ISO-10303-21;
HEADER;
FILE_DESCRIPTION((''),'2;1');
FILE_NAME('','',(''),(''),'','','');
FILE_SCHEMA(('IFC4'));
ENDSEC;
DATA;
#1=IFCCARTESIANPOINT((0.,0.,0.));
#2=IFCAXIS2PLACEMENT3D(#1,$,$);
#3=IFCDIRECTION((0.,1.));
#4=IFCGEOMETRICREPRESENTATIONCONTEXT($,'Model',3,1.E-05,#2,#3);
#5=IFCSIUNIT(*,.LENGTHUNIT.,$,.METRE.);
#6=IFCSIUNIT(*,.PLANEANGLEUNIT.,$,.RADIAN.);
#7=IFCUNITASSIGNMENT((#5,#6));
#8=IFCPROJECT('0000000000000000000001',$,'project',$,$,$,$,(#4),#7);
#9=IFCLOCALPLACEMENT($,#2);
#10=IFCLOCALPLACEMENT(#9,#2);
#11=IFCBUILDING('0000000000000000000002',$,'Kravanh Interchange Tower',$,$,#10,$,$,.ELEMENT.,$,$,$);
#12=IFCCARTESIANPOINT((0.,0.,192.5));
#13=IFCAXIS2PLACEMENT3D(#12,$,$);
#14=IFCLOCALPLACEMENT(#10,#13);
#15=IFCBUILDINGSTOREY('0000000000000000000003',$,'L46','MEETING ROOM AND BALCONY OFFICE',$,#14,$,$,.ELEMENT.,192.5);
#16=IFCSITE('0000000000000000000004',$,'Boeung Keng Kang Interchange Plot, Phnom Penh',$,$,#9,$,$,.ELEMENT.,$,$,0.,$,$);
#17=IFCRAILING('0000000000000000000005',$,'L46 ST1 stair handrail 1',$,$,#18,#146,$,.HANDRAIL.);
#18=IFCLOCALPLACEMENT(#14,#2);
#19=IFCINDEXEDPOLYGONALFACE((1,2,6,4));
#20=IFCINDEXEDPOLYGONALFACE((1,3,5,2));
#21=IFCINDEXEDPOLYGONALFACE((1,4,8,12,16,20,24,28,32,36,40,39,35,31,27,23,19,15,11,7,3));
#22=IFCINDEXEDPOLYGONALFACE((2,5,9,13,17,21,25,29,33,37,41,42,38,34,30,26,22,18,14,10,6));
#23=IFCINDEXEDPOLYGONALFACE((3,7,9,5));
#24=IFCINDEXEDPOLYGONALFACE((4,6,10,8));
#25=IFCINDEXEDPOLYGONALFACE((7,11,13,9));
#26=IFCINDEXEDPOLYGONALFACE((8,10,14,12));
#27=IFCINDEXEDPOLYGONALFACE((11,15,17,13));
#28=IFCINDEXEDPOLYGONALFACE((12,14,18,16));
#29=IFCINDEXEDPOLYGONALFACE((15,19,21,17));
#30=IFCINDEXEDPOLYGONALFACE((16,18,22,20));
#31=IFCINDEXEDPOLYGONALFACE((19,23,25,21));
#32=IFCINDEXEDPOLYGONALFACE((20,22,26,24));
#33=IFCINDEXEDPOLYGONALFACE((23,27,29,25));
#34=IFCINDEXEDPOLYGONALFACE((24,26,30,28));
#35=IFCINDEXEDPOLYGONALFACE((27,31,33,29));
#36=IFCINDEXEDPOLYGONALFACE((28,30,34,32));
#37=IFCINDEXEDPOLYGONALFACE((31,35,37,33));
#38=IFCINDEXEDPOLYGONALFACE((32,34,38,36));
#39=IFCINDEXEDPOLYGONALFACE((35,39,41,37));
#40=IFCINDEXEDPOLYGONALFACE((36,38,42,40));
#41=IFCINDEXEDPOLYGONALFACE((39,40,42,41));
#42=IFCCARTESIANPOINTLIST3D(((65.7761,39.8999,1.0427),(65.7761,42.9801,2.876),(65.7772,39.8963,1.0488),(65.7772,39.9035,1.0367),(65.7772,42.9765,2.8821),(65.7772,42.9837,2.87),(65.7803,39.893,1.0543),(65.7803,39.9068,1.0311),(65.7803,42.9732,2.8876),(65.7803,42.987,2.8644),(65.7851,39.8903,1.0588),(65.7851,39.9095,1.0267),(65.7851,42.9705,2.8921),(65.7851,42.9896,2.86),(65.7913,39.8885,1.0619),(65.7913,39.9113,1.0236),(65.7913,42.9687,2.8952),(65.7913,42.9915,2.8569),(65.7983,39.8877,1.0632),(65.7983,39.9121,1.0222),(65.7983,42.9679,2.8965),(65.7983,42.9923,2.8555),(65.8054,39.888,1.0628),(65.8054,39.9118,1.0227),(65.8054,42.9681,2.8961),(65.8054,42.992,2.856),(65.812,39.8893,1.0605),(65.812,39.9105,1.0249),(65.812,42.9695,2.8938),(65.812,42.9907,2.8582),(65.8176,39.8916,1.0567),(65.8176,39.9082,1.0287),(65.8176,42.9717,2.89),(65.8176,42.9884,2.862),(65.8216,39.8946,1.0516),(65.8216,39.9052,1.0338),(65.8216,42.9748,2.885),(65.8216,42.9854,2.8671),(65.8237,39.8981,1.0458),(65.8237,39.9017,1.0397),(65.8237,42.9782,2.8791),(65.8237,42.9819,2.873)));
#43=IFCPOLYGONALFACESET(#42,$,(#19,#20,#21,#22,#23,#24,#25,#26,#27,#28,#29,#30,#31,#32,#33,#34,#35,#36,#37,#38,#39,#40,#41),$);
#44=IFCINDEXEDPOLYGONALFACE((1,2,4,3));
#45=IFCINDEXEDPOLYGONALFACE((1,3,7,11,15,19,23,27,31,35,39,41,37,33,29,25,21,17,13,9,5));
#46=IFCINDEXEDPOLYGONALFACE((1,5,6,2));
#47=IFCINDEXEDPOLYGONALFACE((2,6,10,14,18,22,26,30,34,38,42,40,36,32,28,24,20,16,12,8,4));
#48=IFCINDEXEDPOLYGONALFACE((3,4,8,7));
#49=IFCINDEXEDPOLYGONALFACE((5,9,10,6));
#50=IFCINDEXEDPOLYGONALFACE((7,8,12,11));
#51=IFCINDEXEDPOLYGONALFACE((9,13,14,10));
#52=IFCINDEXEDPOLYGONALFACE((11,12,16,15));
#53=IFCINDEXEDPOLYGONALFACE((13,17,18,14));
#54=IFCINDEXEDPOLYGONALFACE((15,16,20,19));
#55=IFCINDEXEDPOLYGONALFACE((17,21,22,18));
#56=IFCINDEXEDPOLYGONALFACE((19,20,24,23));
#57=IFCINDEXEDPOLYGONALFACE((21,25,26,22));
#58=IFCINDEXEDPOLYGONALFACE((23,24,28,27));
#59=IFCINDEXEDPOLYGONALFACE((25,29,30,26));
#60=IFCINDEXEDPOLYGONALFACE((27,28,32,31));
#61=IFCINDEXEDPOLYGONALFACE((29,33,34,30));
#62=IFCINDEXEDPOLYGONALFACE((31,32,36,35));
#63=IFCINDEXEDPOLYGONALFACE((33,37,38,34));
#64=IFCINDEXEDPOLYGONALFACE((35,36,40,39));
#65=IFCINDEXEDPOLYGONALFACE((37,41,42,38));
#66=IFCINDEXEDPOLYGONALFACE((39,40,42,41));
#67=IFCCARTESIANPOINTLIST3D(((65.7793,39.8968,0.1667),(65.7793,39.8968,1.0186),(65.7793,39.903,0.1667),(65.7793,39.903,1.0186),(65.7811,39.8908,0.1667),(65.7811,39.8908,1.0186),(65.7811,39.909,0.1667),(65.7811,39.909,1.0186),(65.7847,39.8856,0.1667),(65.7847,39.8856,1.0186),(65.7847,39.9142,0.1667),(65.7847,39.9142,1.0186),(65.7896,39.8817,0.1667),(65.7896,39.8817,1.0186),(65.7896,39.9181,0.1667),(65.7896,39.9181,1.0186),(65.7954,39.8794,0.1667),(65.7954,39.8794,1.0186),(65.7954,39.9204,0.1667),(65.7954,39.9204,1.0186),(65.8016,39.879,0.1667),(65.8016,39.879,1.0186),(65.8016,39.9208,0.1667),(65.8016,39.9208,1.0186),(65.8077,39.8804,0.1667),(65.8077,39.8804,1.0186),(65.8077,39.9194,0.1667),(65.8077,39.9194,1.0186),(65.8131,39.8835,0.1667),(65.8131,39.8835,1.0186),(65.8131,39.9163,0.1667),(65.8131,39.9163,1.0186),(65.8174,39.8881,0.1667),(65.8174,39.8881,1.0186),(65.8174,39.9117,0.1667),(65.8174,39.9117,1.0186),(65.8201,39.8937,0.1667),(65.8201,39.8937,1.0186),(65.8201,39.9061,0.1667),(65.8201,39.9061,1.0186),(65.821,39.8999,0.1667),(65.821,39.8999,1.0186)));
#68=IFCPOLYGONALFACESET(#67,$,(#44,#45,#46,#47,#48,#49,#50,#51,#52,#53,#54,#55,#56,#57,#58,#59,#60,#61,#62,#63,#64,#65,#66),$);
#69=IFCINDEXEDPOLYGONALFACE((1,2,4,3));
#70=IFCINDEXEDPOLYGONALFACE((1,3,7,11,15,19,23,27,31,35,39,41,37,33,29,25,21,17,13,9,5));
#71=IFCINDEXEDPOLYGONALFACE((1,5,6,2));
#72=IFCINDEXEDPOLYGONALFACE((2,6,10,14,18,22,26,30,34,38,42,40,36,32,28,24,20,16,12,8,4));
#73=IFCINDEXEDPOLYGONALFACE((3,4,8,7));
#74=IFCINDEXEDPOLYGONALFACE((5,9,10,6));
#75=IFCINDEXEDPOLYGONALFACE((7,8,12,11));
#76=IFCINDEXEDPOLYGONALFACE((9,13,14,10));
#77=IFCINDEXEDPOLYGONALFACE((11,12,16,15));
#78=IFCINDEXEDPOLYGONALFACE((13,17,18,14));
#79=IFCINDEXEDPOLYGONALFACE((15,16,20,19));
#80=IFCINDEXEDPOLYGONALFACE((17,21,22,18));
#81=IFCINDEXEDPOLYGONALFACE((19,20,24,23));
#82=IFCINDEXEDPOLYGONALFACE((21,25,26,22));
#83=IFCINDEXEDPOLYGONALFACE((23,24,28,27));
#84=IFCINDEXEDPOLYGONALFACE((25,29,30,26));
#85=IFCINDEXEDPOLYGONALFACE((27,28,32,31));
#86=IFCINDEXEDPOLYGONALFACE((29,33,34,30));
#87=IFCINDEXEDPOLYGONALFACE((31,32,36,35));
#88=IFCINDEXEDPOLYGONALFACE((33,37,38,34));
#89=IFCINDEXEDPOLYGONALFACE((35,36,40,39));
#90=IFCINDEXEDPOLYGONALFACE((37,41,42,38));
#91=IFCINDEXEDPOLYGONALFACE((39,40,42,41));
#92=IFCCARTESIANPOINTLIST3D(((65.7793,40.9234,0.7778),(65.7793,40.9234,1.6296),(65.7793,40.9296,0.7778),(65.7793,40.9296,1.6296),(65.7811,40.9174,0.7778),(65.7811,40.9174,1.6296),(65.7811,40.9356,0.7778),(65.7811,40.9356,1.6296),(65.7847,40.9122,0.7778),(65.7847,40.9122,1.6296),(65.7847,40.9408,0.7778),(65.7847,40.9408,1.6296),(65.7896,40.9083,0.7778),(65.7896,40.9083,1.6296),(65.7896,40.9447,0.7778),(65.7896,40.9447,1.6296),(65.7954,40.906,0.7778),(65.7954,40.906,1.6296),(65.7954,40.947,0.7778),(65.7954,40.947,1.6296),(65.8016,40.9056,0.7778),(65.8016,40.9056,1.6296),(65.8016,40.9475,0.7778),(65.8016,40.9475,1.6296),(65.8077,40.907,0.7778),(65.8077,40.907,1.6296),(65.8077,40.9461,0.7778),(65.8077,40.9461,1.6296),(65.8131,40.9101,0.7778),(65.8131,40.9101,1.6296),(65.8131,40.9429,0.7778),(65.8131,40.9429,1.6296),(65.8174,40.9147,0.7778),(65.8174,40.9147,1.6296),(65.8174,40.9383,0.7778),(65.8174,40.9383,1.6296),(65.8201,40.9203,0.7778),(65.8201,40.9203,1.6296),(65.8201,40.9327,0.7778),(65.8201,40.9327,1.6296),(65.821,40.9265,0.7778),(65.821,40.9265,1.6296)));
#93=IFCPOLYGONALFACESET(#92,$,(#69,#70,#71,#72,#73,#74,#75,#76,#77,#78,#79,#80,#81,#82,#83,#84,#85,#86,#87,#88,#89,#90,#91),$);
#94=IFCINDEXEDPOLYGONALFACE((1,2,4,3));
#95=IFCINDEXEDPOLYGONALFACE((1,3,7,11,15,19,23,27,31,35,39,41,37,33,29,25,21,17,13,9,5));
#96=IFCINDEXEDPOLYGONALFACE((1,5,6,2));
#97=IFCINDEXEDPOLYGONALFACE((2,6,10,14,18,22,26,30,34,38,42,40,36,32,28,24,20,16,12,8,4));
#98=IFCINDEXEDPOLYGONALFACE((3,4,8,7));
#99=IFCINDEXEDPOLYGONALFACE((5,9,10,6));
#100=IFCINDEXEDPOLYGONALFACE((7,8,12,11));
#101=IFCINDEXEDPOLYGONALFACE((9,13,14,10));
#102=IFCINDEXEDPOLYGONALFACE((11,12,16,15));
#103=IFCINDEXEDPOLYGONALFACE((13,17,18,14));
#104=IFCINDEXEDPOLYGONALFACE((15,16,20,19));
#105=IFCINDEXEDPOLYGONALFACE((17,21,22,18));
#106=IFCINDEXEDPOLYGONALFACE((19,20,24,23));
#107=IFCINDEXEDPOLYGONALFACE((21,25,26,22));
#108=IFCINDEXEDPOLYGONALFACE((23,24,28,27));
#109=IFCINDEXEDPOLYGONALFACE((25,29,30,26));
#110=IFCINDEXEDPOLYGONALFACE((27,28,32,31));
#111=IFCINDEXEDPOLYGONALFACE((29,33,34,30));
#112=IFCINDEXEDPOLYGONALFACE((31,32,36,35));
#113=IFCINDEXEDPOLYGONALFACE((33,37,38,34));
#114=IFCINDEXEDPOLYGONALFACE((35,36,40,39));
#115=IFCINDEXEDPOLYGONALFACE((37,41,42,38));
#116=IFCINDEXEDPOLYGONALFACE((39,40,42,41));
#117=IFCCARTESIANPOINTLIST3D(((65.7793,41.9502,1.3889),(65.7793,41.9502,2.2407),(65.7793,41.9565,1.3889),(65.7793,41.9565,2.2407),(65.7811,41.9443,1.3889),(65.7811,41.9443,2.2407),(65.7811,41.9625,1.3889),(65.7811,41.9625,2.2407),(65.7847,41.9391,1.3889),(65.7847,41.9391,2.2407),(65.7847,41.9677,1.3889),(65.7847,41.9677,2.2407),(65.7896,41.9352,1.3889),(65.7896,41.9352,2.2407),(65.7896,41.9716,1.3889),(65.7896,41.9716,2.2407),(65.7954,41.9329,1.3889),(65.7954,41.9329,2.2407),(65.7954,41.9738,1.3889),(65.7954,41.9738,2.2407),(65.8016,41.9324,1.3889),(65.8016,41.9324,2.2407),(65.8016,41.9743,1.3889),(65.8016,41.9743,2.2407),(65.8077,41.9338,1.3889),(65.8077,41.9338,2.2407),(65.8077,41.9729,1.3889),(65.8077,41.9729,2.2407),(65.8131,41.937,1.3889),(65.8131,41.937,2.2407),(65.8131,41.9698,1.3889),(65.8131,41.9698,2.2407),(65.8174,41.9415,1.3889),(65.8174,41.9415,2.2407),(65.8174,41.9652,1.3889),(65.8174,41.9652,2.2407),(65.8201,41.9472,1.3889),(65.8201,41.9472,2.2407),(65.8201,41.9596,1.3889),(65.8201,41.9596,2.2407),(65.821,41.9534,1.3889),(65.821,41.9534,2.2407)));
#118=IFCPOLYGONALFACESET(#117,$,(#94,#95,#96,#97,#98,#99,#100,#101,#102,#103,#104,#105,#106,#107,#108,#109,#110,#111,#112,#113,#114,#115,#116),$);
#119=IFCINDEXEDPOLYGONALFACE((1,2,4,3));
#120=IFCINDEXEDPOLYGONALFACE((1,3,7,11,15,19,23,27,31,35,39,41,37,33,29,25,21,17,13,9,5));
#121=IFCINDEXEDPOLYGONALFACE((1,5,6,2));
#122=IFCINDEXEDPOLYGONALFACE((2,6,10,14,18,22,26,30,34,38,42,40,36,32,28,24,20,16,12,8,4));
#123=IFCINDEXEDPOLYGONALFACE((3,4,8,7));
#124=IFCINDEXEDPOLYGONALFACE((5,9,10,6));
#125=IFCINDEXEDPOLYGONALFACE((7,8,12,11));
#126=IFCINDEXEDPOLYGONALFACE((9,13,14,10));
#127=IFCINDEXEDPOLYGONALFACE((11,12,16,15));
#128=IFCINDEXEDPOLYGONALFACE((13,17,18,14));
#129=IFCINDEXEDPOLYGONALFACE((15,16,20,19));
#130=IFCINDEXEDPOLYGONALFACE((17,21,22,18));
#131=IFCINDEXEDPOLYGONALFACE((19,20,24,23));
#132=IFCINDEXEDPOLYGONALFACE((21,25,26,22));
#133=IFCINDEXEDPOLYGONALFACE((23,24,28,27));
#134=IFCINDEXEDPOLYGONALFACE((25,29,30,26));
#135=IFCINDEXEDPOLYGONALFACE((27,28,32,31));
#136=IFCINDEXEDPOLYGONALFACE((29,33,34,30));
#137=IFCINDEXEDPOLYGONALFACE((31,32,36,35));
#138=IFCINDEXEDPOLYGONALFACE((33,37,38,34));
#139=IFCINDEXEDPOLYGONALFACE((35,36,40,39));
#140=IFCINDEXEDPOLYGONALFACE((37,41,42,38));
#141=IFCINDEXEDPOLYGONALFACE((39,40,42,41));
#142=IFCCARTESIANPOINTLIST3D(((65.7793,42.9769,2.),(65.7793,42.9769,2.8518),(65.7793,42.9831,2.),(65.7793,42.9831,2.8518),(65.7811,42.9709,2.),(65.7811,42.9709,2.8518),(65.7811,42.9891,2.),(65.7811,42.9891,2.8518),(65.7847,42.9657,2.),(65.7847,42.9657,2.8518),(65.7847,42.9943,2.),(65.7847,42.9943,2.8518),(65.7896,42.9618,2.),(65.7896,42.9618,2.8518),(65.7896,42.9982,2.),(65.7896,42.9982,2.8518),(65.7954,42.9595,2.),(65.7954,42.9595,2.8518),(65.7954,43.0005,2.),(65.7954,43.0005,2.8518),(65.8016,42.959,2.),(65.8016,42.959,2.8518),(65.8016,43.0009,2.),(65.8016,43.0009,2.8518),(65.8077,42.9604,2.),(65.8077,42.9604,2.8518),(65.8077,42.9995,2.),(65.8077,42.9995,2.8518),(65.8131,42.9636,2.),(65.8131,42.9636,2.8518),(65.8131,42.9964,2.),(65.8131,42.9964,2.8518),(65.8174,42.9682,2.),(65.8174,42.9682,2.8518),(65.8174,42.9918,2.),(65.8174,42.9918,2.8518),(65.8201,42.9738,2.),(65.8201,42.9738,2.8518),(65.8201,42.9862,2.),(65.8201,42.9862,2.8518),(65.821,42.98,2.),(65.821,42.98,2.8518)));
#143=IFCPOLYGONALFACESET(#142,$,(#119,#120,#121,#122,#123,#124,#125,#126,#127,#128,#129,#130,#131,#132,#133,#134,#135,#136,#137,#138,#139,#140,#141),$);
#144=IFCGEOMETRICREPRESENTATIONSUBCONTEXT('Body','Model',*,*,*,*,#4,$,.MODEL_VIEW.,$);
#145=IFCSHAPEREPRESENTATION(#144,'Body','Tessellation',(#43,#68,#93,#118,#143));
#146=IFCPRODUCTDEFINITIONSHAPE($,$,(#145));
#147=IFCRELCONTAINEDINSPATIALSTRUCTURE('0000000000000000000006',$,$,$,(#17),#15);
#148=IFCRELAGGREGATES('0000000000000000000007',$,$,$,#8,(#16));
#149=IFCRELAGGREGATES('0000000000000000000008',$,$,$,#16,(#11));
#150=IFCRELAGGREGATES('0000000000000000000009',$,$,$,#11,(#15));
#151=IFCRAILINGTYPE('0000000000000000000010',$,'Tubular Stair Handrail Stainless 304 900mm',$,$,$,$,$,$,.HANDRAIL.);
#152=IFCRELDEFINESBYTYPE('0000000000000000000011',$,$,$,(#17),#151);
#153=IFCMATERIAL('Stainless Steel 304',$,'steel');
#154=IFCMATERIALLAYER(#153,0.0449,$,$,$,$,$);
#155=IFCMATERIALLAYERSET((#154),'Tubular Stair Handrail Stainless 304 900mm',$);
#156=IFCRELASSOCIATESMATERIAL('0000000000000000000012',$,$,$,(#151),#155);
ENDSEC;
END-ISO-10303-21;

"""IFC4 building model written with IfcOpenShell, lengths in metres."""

from ifc_helpers import new_model, si_unit, direction, frame, origin, origin_2d, place, context, subcontext, project, spatial, circle, extrude, material, layer, layer_set, type_object, element, save


model = new_model("IFC4")

# Units and contexts
model_context = context("Model", 3, precision=1e-05, world=origin(), true_north=direction((0.0, 1.0)))
body_context = subcontext(model_context, "Body", "Model", "MODEL_VIEW")
ifc_project = project(units=[si_unit("LENGTHUNIT", "METRE"), si_unit("PLANEANGLEUNIT", "RADIAN")], contexts=[model_context])

# Site, building, storey
site_placement = place(None, origin())
site = spatial("IfcSite", under=ifc_project, at=site_placement, Name="Boeung Keng Kang Interchange Plot, Phnom Penh", CompositionType="ELEMENT", RefElevation=0.0)
building_placement = place(site_placement, origin())
building = spatial("IfcBuilding", under=site, at=building_placement, Name="Kravanh Interchange Tower", CompositionType="ELEMENT")
storey_placement = place(building_placement, frame((0.0, 0.0, 192.5)))
storey = spatial("IfcBuildingStorey", under=building, at=storey_placement, Name="L46", Description="MEETING ROOM AND BALCONY OFFICE", CompositionType="ELEMENT", Elevation=192.5)

# Railing
ifc_material_1 = material(Name="Stainless Steel 304", Category="steel")
ifc_layer_1 = layer(ifc_material_1, 0.0449)
ifc_layer_set_1 = layer_set([ifc_layer_1], Name="Tubular Stair Handrail Stainless 304 900mm")
railing_type_1 = type_object("IfcRailingType", Name="Tubular Stair Handrail Stainless 304 900mm", PredefinedType="HANDRAIL", material=ifc_layer_set_1)
railing_1_placement = place(storey_placement, frame((65.8, 39.8999, 0.1667)))
element("IfcRailing", 1, at=railing_1_placement, inside=storey, type_object=railing_type_1, Name="L46 ST1 stair handrail 1", PredefinedType="HANDRAIL", context=body_context, shape_type="SweptSolid", body=[
    extrude(circle(Radius=0.0239, at=origin_2d()), frame((0.0, 0.0, 0.876), z_axis=(0.0, 0.859309, 0.511458), x_axis=(-1.0, 0.0, 0.0)), (0.0, 0.0, 1.0), 3.5845),
    extrude(circle(Radius=0.021, at=origin_2d()), origin(), (0.0, 0.0, 1.0), 0.8518),
    extrude(circle(Radius=0.021, at=origin_2d()), frame((0.0, 1.0266, 0.6111)), (0.0, 0.0, 1.0), 0.8518),
    extrude(circle(Radius=0.021, at=origin_2d()), frame((0.0, 2.0535, 1.2222)), (0.0, 0.0, 1.0), 0.8518),
    extrude(circle(Radius=0.021, at=origin_2d()), frame((0.0, 3.0801, 1.8333)), (0.0, 0.0, 1.0), 0.8518),
])

save(model, "model.ifc")
